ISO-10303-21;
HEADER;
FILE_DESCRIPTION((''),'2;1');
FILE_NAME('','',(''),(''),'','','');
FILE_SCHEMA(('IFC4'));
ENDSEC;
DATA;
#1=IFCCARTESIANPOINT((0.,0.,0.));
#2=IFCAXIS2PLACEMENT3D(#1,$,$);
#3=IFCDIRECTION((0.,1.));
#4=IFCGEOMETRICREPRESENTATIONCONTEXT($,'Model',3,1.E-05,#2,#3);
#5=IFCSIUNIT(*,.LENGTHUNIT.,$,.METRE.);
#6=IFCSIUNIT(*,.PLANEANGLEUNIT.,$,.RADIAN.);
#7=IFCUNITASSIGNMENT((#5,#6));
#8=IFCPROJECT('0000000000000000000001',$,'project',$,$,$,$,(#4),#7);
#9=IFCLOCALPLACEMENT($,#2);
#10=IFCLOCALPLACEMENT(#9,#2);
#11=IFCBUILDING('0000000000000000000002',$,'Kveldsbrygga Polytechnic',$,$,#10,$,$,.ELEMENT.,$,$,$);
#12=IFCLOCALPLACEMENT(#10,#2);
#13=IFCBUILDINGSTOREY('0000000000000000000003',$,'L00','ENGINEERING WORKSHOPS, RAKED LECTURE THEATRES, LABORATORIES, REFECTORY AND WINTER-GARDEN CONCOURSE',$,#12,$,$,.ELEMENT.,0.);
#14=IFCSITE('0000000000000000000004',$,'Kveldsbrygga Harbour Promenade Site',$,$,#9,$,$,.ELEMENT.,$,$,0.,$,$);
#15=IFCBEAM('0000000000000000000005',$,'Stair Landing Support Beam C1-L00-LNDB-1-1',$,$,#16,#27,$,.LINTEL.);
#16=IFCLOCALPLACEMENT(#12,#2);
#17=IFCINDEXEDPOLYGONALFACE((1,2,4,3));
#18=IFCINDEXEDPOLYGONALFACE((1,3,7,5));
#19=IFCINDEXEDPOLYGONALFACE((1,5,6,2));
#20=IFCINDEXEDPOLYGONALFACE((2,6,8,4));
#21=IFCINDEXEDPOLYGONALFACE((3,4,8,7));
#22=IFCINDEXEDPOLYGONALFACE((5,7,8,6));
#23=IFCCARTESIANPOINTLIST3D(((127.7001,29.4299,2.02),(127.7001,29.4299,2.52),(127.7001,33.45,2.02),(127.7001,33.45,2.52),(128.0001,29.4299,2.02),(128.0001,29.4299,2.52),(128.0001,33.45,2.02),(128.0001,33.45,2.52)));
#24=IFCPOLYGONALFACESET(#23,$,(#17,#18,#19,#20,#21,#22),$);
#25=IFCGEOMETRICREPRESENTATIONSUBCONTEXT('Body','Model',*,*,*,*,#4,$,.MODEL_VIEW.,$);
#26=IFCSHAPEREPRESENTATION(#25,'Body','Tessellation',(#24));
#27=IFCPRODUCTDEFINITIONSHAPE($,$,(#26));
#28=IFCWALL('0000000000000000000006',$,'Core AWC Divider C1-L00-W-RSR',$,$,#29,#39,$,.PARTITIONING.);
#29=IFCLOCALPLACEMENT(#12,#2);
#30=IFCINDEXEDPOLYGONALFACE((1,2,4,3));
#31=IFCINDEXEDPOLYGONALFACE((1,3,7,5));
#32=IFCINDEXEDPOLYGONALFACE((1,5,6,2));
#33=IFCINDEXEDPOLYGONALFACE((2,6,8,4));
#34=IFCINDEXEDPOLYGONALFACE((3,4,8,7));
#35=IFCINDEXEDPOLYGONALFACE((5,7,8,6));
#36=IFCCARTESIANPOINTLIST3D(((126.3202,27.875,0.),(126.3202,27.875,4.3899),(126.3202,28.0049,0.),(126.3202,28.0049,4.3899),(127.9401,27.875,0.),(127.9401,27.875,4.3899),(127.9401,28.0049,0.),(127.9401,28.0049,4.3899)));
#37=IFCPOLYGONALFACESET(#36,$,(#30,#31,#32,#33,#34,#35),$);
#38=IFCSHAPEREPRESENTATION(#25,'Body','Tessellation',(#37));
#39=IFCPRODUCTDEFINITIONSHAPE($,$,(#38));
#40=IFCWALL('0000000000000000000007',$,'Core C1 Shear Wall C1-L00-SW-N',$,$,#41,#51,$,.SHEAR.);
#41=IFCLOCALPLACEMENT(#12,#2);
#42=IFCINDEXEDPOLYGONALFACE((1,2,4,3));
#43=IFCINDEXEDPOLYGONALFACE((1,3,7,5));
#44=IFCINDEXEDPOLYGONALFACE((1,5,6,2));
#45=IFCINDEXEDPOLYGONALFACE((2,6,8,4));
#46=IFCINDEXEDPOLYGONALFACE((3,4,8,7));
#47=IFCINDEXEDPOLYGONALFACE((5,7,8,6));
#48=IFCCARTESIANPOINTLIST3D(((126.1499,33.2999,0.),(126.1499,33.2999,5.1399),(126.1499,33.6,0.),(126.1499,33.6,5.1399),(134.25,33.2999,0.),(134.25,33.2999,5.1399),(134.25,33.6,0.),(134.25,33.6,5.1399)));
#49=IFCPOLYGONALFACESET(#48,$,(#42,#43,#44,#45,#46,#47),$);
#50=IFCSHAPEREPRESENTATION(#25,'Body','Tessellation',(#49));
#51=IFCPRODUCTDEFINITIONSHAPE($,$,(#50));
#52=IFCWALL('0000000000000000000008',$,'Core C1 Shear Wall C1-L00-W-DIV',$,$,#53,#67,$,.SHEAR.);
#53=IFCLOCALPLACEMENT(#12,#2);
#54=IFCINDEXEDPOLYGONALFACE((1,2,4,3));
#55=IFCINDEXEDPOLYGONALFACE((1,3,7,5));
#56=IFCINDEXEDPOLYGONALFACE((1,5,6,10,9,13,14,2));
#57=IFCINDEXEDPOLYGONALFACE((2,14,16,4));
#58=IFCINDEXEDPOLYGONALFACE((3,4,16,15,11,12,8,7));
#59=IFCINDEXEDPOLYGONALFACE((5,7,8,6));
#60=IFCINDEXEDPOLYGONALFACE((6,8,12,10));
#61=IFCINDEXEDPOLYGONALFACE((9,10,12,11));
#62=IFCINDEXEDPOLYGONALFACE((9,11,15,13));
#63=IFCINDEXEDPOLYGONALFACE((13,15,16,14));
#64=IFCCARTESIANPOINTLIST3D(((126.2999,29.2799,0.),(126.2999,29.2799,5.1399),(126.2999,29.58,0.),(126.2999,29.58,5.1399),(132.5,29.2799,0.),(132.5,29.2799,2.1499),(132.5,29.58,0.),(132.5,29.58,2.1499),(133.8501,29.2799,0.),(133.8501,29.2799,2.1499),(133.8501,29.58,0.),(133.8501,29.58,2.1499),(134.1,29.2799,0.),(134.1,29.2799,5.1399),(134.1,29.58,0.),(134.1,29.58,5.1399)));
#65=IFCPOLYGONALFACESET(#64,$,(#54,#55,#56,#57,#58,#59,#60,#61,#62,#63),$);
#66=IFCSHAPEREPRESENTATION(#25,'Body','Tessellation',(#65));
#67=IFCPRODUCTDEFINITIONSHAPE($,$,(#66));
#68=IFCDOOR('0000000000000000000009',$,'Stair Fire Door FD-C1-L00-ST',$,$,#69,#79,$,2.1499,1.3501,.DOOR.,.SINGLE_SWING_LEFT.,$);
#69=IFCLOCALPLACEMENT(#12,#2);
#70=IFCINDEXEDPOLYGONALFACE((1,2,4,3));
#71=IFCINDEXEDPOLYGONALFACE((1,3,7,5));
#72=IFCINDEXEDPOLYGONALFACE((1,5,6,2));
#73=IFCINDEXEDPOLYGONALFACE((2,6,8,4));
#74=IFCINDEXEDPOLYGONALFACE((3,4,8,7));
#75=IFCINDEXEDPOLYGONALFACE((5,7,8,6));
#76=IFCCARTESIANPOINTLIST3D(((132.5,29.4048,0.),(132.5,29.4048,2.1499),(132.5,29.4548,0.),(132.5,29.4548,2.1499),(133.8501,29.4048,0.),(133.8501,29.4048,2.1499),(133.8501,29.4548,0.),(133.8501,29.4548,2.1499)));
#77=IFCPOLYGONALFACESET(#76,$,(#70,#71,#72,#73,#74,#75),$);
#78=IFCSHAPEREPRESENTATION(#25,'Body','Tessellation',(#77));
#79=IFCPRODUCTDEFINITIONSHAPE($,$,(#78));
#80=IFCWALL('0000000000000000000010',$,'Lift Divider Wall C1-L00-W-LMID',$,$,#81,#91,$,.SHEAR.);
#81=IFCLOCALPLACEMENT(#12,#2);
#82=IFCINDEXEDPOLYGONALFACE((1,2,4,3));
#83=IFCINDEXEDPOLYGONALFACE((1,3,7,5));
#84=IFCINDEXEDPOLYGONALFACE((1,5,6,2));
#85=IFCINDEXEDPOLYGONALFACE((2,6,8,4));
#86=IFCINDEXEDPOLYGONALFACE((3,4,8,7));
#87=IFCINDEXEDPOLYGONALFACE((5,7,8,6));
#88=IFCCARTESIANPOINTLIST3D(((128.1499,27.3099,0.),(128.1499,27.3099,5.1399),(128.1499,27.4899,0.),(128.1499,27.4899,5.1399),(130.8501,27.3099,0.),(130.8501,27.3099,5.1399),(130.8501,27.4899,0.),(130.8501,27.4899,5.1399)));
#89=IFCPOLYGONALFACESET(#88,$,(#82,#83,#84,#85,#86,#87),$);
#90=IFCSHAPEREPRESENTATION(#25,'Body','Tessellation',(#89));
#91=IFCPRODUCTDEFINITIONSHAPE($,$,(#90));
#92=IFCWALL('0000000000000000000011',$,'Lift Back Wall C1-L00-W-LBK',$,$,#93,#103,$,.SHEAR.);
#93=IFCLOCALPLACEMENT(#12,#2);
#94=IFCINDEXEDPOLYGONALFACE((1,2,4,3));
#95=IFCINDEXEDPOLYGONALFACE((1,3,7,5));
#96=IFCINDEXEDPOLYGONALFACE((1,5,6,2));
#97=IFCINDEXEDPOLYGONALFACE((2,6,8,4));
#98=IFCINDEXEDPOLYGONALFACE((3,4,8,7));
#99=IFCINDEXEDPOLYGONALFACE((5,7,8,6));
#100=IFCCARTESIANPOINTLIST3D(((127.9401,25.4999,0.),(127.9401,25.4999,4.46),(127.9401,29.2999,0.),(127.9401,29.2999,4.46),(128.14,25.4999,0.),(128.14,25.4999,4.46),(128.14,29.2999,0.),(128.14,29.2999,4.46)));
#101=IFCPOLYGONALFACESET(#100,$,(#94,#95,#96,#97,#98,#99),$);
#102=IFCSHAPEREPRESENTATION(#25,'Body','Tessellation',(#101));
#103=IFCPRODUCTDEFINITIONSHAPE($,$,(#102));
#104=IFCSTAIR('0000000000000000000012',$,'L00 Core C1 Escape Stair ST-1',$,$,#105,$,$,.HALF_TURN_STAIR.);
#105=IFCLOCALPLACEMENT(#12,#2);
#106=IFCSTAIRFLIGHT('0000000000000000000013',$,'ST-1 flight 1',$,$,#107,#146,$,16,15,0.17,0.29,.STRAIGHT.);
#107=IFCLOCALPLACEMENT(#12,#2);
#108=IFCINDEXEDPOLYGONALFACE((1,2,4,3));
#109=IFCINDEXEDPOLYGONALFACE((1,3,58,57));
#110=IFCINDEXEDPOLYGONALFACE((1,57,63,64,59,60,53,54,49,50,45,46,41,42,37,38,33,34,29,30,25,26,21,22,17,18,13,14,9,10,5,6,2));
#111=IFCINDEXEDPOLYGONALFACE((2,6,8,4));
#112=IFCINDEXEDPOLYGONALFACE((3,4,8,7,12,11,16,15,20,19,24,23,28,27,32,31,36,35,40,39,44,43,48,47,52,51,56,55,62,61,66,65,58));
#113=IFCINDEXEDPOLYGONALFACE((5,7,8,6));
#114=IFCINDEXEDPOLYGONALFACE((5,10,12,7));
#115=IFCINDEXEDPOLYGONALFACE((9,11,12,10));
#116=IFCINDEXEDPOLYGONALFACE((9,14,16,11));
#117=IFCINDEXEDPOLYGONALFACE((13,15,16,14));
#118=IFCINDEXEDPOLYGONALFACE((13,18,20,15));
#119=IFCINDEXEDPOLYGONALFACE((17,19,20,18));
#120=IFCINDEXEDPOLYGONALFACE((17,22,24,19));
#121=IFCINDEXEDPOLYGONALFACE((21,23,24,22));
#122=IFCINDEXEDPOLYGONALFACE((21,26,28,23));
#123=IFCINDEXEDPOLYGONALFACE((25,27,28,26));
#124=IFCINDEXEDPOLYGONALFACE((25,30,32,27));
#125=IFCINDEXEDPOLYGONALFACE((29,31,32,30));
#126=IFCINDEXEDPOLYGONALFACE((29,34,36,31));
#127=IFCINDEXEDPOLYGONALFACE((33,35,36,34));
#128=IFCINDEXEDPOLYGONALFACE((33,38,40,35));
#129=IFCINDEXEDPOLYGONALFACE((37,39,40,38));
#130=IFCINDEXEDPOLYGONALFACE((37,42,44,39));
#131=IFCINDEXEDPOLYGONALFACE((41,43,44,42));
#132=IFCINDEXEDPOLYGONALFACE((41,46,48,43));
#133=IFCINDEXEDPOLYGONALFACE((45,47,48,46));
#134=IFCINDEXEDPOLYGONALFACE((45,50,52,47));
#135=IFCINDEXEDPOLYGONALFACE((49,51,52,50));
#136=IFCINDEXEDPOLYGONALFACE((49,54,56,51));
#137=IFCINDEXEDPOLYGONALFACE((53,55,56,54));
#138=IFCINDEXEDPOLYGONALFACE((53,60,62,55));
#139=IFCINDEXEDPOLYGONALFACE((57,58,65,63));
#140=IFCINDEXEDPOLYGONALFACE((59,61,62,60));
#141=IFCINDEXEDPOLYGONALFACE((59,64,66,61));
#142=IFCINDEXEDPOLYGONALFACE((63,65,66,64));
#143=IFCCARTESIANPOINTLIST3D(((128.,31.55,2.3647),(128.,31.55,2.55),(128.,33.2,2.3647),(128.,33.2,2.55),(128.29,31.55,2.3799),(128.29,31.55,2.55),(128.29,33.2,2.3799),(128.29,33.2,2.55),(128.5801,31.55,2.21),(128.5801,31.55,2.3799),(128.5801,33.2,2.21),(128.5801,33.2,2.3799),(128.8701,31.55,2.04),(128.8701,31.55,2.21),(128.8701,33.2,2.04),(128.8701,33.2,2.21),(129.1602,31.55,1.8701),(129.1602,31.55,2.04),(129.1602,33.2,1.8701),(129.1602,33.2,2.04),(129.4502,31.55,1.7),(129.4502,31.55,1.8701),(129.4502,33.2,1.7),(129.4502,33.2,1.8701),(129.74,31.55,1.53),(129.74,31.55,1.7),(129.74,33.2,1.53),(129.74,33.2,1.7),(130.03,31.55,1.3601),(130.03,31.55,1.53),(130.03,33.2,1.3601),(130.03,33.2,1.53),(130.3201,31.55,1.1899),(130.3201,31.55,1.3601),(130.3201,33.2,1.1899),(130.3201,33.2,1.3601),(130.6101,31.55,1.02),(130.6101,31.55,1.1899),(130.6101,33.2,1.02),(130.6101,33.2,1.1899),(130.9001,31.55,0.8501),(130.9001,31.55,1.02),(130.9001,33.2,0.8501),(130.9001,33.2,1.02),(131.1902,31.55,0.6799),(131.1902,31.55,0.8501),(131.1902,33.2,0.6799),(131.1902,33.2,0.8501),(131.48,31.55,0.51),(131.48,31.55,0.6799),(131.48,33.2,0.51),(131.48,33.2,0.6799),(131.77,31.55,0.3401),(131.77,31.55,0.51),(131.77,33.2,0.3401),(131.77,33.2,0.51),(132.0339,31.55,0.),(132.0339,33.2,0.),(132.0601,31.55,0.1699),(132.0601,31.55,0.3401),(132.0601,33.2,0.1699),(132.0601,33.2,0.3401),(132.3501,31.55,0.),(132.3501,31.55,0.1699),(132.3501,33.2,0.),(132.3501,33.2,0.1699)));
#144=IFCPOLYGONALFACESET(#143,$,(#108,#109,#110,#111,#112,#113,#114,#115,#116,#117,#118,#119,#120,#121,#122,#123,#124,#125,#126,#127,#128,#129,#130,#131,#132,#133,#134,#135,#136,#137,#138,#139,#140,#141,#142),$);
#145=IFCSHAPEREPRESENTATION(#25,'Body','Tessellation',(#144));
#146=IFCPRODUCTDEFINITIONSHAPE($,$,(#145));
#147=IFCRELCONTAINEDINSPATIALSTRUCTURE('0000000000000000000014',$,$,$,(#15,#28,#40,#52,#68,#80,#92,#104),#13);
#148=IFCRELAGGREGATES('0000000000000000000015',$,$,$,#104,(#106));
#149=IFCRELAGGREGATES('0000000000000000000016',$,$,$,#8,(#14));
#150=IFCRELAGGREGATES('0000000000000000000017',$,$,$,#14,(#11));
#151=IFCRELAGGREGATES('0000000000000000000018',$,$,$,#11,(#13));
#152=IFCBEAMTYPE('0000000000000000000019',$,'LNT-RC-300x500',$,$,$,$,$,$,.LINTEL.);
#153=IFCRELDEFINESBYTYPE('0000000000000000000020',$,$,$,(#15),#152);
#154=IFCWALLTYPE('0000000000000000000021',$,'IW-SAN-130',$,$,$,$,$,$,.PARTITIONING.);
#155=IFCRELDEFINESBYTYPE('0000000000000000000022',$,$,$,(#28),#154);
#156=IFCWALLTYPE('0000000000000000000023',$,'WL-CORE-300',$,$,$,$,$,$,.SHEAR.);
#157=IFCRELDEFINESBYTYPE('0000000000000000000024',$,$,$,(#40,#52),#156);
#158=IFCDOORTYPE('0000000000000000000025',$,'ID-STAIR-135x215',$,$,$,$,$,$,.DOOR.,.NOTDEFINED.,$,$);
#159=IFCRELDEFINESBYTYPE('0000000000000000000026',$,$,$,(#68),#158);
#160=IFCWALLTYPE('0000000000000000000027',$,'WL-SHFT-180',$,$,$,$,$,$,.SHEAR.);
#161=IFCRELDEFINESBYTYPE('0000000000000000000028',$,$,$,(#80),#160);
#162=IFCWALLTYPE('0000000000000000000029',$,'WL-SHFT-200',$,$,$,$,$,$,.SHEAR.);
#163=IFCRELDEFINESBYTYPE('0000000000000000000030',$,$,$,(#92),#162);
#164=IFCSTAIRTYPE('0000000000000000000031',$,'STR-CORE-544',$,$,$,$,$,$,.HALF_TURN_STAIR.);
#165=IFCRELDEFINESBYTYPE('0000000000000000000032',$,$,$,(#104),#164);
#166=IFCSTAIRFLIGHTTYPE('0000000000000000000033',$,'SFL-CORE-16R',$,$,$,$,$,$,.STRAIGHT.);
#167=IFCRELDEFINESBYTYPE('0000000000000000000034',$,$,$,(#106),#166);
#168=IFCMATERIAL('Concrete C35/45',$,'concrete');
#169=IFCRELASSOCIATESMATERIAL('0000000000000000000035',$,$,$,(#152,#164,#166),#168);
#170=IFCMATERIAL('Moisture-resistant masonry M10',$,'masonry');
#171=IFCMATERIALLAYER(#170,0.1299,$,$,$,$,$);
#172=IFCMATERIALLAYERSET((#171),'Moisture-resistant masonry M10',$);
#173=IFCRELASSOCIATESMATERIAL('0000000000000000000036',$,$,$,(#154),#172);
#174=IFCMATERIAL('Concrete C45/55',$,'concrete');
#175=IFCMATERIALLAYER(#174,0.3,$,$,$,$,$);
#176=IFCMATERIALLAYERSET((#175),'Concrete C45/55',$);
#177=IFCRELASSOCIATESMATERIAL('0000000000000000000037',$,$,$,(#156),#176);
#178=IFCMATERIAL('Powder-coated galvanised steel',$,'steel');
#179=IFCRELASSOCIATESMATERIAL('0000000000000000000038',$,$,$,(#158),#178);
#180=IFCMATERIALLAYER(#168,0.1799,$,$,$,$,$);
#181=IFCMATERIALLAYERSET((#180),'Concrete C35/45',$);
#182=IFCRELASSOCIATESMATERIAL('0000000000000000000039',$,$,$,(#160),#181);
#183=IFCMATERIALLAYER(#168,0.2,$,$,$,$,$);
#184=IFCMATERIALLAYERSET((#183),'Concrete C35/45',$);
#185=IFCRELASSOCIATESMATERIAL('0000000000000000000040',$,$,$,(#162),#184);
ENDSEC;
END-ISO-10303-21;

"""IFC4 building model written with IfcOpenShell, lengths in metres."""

from ifc_helpers import new_model, si_unit, direction, frame, frame_2d, origin, origin_2d, place, context, subcontext, project, spatial, polyline, rectangle, outline, extrude, material, layer, layer_set, material_profile, profile_set, type_object, element, fill, aggregate, save


model = new_model("IFC4")

# Units and contexts
model_context = context("Model", 3, precision=1e-05, world=origin(), true_north=direction((0.0, 1.0)))
body_context = subcontext(model_context, "Body", "Model", "MODEL_VIEW")
ifc_project = project(units=[si_unit("LENGTHUNIT", "METRE"), si_unit("PLANEANGLEUNIT", "RADIAN")], contexts=[model_context])

# Site, building, storey
site_placement = place(None, origin())
site = spatial("IfcSite", under=ifc_project, at=site_placement, Name="Kveldsbrygga Harbour Promenade Site", CompositionType="ELEMENT", RefElevation=0.0)
building_placement = place(site_placement, origin())
building = spatial("IfcBuilding", under=site, at=building_placement, Name="Kveldsbrygga Polytechnic", CompositionType="ELEMENT")
storey_placement = place(building_placement, origin())
storey = spatial("IfcBuildingStorey", under=building, at=storey_placement, Name="L00", Description="ENGINEERING WORKSHOPS, RAKED LECTURE THEATRES, LABORATORIES, REFECTORY AND WINTER-GARDEN CONCOURSE", CompositionType="ELEMENT", Elevation=0.0)

# Beam
ifc_material_1 = material(Name="Concrete C35/45", Category="concrete")
ifc_material_profile = material_profile(ifc_material_1, rectangle(XDim=0.3, YDim=0.5, at=origin_2d()), Name="RC 300x500")
ifc_profile_set = profile_set([ifc_material_profile], Name="Concrete C35/45")
beam_type = type_object("IfcBeamType", Name="LNT-RC-300x500", PredefinedType="LINTEL", material=ifc_profile_set)
beam_placement = place(storey_placement, frame((127.8501, 29.4299, 2.27), z_axis=(0.0, 1.0, 0.0), x_axis=(-1.0, 0.0, 0.0)))
element("IfcBeam", 1, at=beam_placement, inside=storey, type_object=beam_type, Name="Stair Landing Support Beam C1-L00-LNDB-1-1", PredefinedType="LINTEL", context=body_context, shape_type="SweptSolid", body=[
    extrude(rectangle(XDim=0.3, YDim=0.5, at=origin_2d()), origin(), (0.0, 0.0, 1.0), 4.02),
])

# Walls
ifc_material_2 = material(Name="Moisture-resistant masonry M10", Category="masonry")
ifc_layer_1 = layer(ifc_material_2, 0.1299)
ifc_layer_set_1 = layer_set([ifc_layer_1], Name="Moisture-resistant masonry M10")
wall_type_1 = type_object("IfcWallType", Name="IW-SAN-130", PredefinedType="PARTITIONING", material=ifc_layer_set_1)
wall_1_placement = place(storey_placement, frame((126.3201, 27.9399, 0.0), z_axis=(0.0, 0.0, 1.0), x_axis=(1.0, 0.0, 0.0)))
element("IfcWall", 2, at=wall_1_placement, inside=storey, type_object=wall_type_1, Name="Core AWC Divider C1-L00-W-RSR", PredefinedType="PARTITIONING", context=body_context, shape_type="SweptSolid", body=[
    extrude(rectangle(XDim=1.6199, YDim=0.1299, at=frame_2d((0.8101, 0.0))), origin(), (0.0, 0.0, 1.0), 4.3899),
])
ifc_material_3 = material(Name="Concrete C45/55", Category="concrete")
ifc_layer_2 = layer(ifc_material_3, 0.3)
ifc_layer_set_2 = layer_set([ifc_layer_2], Name="Concrete C45/55")
wall_type_2 = type_object("IfcWallType", Name="WL-CORE-300", PredefinedType="SHEAR", material=ifc_layer_set_2)
wall_2_placement = place(storey_placement, frame((126.1499, 33.45, 0.0), z_axis=(0.0, 0.0, 1.0), x_axis=(1.0, 0.0, 0.0)))
element("IfcWall", 3, at=wall_2_placement, inside=storey, type_object=wall_type_2, Name="Core C1 Shear Wall C1-L00-SW-N", PredefinedType="SHEAR", context=body_context, shape_type="SweptSolid", body=[
    extrude(rectangle(XDim=8.1001, YDim=0.3, at=frame_2d((4.05, 0.0))), origin(), (0.0, 0.0, 1.0), 5.1399),
])

# Wall, opening, door
ifc_material_4 = material(Name="Powder-coated galvanised steel", Category="steel")
wall_3_placement = place(storey_placement, frame((126.3, 29.4299, 0.0), z_axis=(0.0, 0.0, 1.0), x_axis=(1.0, 0.0, 0.0)))
wall_3 = element("IfcWall", 4, at=wall_3_placement, inside=storey, type_object=wall_type_2, Name="Core C1 Shear Wall C1-L00-W-DIV", PredefinedType="SHEAR", context=body_context, shape_type="SweptSolid", body=[
    extrude(rectangle(XDim=7.8, YDim=0.3, at=frame_2d((3.8999, 0.0))), origin(), (0.0, 0.0, 1.0), 5.1399),
])
opening_1_placement = place(wall_3_placement, frame((6.2, 0.0, 0.0)))
opening_1 = element("IfcOpeningElement", 5, at=opening_1_placement, cuts=wall_3, PredefinedType="OPENING", context=body_context, shape_type="SweptSolid", body=[
    extrude(rectangle(XDim=1.3501, YDim=2.1499, at=frame_2d((0.675, 1.075))), frame((0.0, 0.1602, 0.0), z_axis=(0.0, -1.0, 0.0), x_axis=(1.0, 0.0, 0.0)), (0.0, 0.0, 1.0), 0.3201),
])
door_type_1 = type_object("IfcDoorType", Name="ID-STAIR-135x215", OperationType="NOTDEFINED", PredefinedType="DOOR", material=ifc_material_4)
door_1_placement = place(opening_1_placement, origin())
door_1 = element("IfcDoor", 6, at=door_1_placement, inside=storey, type_object=door_type_1, Name="Stair Fire Door FD-C1-L00-ST", OperationType="SINGLE_SWING_LEFT", OverallHeight=2.1499, OverallWidth=1.3501, PredefinedType="DOOR", context=body_context, shape_type="SweptSolid", body=[
    extrude(rectangle(XDim=1.3501, YDim=2.1499, at=frame_2d((0.675, 1.075))), frame((0.0, 0.0249, 0.0), z_axis=(0.0, -1.0, 0.0), x_axis=(1.0, 0.0, 0.0)), (0.0, 0.0, 1.0), 0.05),
])
fill(opening_1, door_1)

# Wall
ifc_layer_3 = layer(ifc_material_1, 0.1799)
ifc_layer_set_3 = layer_set([ifc_layer_3], Name="Concrete C35/45")
wall_type_3 = type_object("IfcWallType", Name="WL-SHFT-180", PredefinedType="SHEAR", material=ifc_layer_set_3)
wall_4_placement = place(storey_placement, frame((128.1499, 27.3999, 0.0), z_axis=(0.0, 0.0, 1.0), x_axis=(1.0, 0.0, 0.0)))
element("IfcWall", 7, at=wall_4_placement, inside=storey, type_object=wall_type_3, Name="Lift Divider Wall C1-L00-W-LMID", PredefinedType="SHEAR", context=body_context, shape_type="SweptSolid", body=[
    extrude(rectangle(XDim=2.7002, YDim=0.1799, at=frame_2d((1.3501, 0.0))), origin(), (0.0, 0.0, 1.0), 5.1399),
])

# Shared definitions
ifc_layer_4 = layer(ifc_material_1, 0.2)
ifc_layer_set_4 = layer_set([ifc_layer_4], Name="Concrete C35/45")
wall_type_4 = type_object("IfcWallType", Name="WL-SHFT-200", PredefinedType="SHEAR", material=ifc_layer_set_4)

# Wall
wall_5_placement = place(storey_placement, frame((128.04, 25.5, 0.0), z_axis=(0.0, 0.0, 1.0), x_axis=(0.0, 1.0, 0.0)))
element("IfcWall", 8, at=wall_5_placement, inside=storey, type_object=wall_type_4, Name="Lift Back Wall C1-L00-W-LBK", PredefinedType="SHEAR", context=body_context, shape_type="SweptSolid", body=[
    extrude(rectangle(XDim=3.8, YDim=0.2, at=frame_2d((1.8999, 0.0))), origin(), (0.0, 0.0, 1.0), 4.46),
])

# Stair, stair flight
stair_type = type_object("IfcStairType", Name="STR-CORE-544", PredefinedType="HALF_TURN_STAIR", material=ifc_material_1)
stair_placement = place(storey_placement, origin())
stair = element("IfcStair", 9, at=stair_placement, inside=storey, type_object=stair_type, Name="L00 Core C1 Escape Stair ST-1", PredefinedType="HALF_TURN_STAIR")
stair_flight_type = type_object("IfcStairFlightType", Name="SFL-CORE-16R", PredefinedType="STRAIGHT", material=ifc_material_1)
stair_flight_1_placement = place(storey_placement, frame((132.3501, 32.375, 0.0), z_axis=(0.0, 0.0, 1.0), x_axis=(-1.0, 0.0, 0.0)))
stair_flight_1 = element("IfcStairFlight", 10, at=stair_flight_1_placement, type_object=stair_flight_type, Name="ST-1 flight 1", NumberOfRisers=16, NumberOfTreads=15, PredefinedType="STRAIGHT", RiserHeight=0.17, TreadLength=0.29, context=body_context, shape_type="SweptSolid", body=[
    extrude(outline(polyline([(0.0, 0.0), (0.0, 0.1699), (0.29, 0.1699), (0.29, 0.3401), (0.5801, 0.3401), (0.5801, 0.51), (0.8701, 0.51), (0.8701, 0.6799), (1.1599, 0.6799), (1.1599, 0.8501), (1.45, 0.8501), (1.45, 1.02), (1.74, 1.02), (1.74, 1.1899), (2.03, 1.1899), (2.03, 1.3601), (2.3201, 1.3601), (2.3201, 1.53), (2.6101, 1.53), (2.6101, 1.7), (2.8999, 1.7), (2.8999, 1.8701), (3.1899, 1.8701), (3.1899, 2.04), (3.48, 2.04), (3.48, 2.21), (3.77, 2.21), (3.77, 2.3799), (4.0601, 2.3799), (4.0601, 2.55), (4.3501, 2.55), (4.3501, 2.72), (4.3501, 2.3647), (0.3162, 0.0), (0.0, 0.0)])), frame((0.0, 0.825, 0.0), z_axis=(0.0, -1.0, 0.0), x_axis=(1.0, 0.0, 0.0)), (0.0, 0.0, 1.0), 1.6499),
])
aggregate(stair, [stair_flight_1])

save(model, "model.ifc")
